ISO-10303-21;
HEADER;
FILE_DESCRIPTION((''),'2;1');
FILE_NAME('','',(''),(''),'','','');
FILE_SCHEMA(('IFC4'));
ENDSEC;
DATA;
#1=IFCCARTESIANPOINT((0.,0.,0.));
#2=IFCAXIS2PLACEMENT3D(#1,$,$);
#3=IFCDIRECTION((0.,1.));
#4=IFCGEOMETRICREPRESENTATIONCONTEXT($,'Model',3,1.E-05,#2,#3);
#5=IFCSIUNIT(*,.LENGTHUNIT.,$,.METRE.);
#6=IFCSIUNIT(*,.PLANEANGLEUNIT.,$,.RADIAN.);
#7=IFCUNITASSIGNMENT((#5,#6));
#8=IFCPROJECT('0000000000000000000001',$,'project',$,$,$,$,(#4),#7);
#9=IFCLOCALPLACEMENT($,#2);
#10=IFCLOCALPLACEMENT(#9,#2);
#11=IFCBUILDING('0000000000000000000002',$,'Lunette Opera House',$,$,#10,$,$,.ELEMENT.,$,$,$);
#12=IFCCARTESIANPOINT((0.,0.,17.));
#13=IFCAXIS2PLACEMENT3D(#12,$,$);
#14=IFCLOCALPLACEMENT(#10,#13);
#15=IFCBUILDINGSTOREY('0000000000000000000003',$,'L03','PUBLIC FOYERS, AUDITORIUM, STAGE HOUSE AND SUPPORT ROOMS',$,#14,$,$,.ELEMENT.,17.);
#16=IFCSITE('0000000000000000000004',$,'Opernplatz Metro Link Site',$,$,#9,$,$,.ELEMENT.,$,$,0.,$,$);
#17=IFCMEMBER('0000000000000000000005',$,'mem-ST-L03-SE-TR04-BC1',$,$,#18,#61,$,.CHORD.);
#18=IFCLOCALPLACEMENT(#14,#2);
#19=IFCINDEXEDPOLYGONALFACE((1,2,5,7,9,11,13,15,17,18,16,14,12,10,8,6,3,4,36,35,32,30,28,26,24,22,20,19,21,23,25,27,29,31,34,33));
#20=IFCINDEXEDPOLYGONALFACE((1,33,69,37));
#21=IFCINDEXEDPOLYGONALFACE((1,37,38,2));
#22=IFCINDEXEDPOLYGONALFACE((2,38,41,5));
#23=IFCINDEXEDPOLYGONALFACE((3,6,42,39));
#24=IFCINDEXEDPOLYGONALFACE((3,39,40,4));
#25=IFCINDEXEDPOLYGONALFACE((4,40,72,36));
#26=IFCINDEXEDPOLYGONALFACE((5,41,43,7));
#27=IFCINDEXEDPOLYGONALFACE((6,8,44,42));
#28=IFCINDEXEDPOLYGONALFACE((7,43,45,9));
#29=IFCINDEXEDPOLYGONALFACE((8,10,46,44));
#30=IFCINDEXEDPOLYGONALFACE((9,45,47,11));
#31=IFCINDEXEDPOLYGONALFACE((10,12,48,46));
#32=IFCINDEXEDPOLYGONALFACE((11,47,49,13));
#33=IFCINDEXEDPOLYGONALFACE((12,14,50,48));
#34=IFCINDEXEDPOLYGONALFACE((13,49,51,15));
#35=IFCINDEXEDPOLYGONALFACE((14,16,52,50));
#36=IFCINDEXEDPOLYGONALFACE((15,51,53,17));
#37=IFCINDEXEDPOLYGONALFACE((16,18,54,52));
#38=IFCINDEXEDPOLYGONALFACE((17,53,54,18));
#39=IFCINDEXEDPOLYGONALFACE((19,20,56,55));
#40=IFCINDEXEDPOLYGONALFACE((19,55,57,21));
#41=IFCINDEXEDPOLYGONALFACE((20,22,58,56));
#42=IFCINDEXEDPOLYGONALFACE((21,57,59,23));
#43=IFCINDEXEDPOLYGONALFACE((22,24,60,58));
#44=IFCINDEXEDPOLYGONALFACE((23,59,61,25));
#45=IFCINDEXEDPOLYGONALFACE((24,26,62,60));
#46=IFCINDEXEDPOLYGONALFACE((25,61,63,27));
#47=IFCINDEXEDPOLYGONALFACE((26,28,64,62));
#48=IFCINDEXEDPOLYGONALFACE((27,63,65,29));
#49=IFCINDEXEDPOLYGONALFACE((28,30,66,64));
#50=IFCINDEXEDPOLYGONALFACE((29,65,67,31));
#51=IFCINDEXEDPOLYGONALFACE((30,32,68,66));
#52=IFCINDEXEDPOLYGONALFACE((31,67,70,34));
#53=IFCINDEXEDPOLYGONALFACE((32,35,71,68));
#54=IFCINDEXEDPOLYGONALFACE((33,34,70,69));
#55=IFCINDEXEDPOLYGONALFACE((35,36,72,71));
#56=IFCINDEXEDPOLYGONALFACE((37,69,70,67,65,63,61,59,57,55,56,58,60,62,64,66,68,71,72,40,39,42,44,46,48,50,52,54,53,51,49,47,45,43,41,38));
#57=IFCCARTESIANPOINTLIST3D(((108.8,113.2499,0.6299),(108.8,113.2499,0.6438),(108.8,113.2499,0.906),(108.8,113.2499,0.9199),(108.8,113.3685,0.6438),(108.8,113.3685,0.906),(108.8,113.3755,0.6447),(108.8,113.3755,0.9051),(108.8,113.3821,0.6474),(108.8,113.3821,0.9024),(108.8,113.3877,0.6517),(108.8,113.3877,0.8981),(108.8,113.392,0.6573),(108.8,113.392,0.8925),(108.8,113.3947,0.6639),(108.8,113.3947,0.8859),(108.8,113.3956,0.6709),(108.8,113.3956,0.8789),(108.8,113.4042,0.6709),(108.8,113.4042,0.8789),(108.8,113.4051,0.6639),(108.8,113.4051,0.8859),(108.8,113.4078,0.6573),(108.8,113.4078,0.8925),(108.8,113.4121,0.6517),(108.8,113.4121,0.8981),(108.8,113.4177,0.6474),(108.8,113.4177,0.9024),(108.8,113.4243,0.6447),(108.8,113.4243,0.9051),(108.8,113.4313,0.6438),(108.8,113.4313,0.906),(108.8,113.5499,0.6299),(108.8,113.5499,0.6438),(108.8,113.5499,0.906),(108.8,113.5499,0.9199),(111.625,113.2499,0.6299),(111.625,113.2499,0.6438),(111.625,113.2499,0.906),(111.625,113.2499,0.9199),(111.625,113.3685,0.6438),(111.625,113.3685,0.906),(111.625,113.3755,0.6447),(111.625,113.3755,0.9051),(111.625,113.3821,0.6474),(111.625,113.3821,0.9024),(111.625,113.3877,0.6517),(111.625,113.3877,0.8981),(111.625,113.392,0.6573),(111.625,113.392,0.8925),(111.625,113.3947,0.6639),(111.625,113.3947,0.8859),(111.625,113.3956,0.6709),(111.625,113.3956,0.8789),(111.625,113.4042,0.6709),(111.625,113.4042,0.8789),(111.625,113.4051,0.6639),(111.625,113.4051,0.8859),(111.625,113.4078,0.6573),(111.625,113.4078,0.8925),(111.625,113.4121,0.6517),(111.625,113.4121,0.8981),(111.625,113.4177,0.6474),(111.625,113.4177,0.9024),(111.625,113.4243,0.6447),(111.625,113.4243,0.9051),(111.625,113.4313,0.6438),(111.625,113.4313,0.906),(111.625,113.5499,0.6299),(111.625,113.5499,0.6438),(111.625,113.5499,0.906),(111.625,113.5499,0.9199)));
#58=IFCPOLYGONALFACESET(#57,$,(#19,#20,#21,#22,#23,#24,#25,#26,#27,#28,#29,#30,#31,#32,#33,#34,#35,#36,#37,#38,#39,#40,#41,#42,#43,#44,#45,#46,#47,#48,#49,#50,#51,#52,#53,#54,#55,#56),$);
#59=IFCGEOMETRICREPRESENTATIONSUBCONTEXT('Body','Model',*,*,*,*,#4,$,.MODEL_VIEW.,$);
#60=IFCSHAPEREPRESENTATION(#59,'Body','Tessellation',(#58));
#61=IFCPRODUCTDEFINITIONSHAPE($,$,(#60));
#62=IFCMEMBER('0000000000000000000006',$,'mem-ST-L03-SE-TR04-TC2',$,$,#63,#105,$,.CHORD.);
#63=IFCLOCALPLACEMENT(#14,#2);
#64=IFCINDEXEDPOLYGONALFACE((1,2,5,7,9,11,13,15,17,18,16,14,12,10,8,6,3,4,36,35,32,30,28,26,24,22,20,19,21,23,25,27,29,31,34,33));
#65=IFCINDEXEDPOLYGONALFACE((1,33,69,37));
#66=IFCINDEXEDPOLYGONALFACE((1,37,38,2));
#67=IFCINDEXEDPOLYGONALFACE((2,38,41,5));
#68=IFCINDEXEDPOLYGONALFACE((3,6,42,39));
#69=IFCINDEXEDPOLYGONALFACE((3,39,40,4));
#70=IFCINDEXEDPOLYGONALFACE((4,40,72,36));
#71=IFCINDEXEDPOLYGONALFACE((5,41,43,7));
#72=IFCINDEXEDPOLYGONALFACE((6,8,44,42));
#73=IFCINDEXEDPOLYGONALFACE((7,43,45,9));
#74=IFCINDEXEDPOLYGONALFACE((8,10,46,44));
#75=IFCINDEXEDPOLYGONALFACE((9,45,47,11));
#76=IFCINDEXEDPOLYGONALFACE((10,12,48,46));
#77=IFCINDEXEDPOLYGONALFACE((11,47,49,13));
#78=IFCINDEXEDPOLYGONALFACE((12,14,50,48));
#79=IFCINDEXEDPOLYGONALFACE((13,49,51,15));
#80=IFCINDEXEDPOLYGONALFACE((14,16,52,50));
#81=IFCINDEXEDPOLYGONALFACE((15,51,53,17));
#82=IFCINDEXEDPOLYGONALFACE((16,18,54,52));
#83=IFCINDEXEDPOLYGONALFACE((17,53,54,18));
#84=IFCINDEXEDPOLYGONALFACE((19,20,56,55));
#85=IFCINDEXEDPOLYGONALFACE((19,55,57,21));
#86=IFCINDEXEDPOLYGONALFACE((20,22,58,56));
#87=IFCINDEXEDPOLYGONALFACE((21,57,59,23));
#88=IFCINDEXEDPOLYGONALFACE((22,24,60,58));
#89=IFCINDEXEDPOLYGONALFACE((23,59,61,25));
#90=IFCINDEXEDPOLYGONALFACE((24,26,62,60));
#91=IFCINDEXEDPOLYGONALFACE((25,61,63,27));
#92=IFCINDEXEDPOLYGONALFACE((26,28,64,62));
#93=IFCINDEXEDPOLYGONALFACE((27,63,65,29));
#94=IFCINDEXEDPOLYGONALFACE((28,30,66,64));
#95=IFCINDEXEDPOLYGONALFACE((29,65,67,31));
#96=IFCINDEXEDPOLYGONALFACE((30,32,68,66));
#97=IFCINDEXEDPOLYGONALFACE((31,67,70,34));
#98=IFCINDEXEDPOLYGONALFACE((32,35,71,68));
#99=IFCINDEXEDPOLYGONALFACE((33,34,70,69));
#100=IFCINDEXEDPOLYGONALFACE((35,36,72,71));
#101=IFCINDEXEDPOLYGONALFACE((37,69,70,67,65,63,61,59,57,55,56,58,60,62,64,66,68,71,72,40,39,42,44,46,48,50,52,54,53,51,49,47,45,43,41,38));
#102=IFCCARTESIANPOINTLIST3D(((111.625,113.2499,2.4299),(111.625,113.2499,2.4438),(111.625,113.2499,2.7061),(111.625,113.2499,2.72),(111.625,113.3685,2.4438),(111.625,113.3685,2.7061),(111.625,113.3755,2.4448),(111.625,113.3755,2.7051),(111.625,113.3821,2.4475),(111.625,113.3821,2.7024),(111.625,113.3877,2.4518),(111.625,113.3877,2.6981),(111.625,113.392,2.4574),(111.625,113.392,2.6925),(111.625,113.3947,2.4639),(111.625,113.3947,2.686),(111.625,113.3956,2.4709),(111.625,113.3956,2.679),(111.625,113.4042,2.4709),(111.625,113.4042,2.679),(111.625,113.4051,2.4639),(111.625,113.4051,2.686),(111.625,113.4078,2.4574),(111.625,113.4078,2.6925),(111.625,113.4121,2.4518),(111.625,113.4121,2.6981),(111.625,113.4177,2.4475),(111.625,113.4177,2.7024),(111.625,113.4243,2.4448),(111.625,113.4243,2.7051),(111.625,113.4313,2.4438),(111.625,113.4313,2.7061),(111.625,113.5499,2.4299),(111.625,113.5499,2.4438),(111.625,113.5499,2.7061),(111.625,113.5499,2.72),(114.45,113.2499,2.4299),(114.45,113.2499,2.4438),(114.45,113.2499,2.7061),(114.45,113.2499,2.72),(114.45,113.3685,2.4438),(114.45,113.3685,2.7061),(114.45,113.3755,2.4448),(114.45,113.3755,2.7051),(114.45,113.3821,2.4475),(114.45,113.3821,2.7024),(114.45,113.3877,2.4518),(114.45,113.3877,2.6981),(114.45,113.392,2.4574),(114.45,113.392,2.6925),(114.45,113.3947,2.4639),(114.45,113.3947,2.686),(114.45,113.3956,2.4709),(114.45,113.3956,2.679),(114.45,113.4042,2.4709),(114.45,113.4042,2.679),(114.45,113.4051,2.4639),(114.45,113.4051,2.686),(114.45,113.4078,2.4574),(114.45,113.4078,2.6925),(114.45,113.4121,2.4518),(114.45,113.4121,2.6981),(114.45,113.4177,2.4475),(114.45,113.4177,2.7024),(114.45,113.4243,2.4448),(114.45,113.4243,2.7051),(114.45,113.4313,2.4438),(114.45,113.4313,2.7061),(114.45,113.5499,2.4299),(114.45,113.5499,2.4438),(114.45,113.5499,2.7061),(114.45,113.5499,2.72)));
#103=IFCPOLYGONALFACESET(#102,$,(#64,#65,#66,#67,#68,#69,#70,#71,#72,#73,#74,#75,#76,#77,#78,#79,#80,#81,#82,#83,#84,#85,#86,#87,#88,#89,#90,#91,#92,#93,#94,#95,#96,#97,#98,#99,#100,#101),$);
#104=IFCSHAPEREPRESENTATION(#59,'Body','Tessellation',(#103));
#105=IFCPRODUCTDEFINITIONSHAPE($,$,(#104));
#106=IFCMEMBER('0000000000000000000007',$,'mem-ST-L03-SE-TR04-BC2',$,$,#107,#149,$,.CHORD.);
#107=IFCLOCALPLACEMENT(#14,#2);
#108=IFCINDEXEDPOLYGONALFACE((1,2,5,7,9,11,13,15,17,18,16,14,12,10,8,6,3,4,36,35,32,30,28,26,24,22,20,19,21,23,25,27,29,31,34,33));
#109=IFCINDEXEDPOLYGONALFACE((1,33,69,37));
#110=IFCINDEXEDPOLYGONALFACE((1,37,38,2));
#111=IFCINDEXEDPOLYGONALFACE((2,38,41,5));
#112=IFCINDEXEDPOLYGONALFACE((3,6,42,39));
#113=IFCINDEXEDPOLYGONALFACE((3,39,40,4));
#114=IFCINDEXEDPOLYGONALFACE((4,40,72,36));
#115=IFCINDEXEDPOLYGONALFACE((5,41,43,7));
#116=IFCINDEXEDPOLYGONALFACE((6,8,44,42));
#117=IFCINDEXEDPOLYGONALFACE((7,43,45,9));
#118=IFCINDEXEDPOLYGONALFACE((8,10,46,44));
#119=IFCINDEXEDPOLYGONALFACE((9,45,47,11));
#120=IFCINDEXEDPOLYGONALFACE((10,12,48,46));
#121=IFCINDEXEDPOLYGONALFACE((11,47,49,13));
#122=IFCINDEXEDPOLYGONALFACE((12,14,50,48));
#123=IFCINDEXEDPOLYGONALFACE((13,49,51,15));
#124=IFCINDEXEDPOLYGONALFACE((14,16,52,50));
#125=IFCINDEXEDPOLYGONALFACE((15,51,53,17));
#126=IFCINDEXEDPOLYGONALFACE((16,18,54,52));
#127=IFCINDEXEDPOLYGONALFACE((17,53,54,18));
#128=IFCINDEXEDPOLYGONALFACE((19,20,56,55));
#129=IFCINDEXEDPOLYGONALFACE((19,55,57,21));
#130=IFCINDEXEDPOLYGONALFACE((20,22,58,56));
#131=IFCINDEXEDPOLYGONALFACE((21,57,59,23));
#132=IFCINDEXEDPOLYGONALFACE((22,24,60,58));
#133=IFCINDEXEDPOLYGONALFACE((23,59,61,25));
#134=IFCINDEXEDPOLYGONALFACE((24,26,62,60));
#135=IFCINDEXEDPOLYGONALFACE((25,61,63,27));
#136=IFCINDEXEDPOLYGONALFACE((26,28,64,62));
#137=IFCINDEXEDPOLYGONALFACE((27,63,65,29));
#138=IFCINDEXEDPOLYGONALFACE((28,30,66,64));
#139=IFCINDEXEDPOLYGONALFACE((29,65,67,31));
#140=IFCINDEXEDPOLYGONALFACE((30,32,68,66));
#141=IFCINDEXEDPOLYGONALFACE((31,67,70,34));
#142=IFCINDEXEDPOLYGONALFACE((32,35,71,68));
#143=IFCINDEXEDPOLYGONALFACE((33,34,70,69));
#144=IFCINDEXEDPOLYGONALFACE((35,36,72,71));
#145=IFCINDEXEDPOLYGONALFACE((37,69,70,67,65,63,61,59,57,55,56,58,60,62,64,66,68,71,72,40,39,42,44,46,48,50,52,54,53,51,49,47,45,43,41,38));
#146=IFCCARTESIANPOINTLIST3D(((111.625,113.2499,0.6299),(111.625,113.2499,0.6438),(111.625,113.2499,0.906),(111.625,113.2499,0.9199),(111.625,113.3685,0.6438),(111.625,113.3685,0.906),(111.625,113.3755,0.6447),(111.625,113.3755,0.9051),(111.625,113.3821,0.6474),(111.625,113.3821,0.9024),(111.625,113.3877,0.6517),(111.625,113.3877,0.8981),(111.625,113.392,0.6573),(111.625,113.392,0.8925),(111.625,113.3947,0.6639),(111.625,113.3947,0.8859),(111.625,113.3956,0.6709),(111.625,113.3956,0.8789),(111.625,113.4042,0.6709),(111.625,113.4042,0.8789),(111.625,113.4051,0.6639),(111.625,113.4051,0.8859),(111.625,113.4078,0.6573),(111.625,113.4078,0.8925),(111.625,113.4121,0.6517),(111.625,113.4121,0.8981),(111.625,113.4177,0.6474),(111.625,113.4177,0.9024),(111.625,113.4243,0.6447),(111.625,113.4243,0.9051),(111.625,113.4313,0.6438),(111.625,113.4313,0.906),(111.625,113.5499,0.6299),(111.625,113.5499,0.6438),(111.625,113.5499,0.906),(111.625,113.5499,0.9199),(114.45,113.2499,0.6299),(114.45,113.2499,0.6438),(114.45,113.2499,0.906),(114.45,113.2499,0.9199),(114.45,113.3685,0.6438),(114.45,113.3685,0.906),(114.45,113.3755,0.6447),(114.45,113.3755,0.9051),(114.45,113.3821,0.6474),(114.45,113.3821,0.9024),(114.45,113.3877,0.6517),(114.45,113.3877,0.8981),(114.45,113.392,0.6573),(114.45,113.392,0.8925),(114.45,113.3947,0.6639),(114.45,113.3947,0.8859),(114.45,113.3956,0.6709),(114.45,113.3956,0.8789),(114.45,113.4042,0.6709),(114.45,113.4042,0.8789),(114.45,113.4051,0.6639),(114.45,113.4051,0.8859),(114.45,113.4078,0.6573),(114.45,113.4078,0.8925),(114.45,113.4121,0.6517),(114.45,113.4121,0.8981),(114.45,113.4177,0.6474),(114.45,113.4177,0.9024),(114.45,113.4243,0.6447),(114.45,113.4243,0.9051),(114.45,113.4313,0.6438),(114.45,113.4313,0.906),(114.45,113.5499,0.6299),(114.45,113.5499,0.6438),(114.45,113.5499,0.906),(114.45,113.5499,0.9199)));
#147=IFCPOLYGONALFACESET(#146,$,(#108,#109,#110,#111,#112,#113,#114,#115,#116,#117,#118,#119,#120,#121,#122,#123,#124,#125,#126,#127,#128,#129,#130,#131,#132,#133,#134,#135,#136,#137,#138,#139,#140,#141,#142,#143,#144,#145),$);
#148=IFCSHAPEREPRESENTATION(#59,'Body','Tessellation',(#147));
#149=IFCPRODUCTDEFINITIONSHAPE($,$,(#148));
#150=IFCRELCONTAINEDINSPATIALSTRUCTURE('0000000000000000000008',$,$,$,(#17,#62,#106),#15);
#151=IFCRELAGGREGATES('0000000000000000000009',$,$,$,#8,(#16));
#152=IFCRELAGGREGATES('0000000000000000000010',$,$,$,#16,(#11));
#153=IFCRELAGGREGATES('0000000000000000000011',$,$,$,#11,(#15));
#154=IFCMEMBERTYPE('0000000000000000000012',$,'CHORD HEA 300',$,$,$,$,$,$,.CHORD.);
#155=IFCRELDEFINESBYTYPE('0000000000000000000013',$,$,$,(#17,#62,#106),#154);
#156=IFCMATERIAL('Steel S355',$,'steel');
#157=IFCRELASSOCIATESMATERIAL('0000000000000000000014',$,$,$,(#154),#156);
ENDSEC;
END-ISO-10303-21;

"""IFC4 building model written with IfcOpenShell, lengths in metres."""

from ifc_helpers import new_model, si_unit, direction, frame, origin, origin_2d, place, context, subcontext, project, spatial, i_section, extrude, material, material_profile, profile_set, type_object, element, save


model = new_model("IFC4")

# Units and contexts
model_context = context("Model", 3, precision=1e-05, world=origin(), true_north=direction((0.0, 1.0)))
body_context = subcontext(model_context, "Body", "Model", "MODEL_VIEW")
ifc_project = project(units=[si_unit("LENGTHUNIT", "METRE"), si_unit("PLANEANGLEUNIT", "RADIAN")], contexts=[model_context])

# Site, building, storey
site_placement = place(None, origin())
site = spatial("IfcSite", under=ifc_project, at=site_placement, Name="Opernplatz Metro Link Site", CompositionType="ELEMENT", RefElevation=0.0)
building_placement = place(site_placement, origin())
building = spatial("IfcBuilding", under=site, at=building_placement, Name="Lunette Opera House", CompositionType="ELEMENT")
storey_placement = place(building_placement, frame((0.0, 0.0, 17.0)))
storey = spatial("IfcBuildingStorey", under=building, at=storey_placement, Name="L03", Description="PUBLIC FOYERS, AUDITORIUM, STAGE HOUSE AND SUPPORT ROOMS", CompositionType="ELEMENT", Elevation=17.0)

# Members
ifc_material_1 = material(Name="Steel S355", Category="steel")
ifc_material_profile_1 = material_profile(ifc_material_1, i_section(OverallWidth=0.3, OverallDepth=0.29, WebThickness=0.0085, FlangeThickness=0.0139, FilletRadius=0.0271, at=origin_2d()), Name="HEA 300")
ifc_profile_set_1 = profile_set([ifc_material_profile_1], Name="Steel S355")
member_type_1 = type_object("IfcMemberType", Name="CHORD HEA 300", PredefinedType="CHORD", material=ifc_profile_set_1)
for number, where, z_axis, x_axis, name in (
    (1, (108.8, 113.3999, 0.7749), (1.0, 0.0, 0.0), (0.0, 1.0, 0.0), "mem-ST-L03-SE-TR04-BC1"),
    (2, (111.625, 113.3999, 2.575), (1.0, 0.0, 0.0), (0.0, 1.0, 0.0), "mem-ST-L03-SE-TR04-TC2"),
    (3, (111.625, 113.3999, 0.7749), (1.0, 0.0, 0.0), (0.0, 1.0, 0.0), "mem-ST-L03-SE-TR04-BC2"),
):
    element("IfcMember", number, at=place(storey_placement, frame(where, z_axis=z_axis, x_axis=x_axis)), inside=storey, type_object=member_type_1, Name=name, PredefinedType="CHORD", context=body_context, shape_type="SweptSolid", body=[
        extrude(i_section(OverallWidth=0.3, OverallDepth=0.29, WebThickness=0.0085, FlangeThickness=0.0139, FilletRadius=0.0271, at=origin_2d()), origin(), (0.0, 0.0, 1.0), 2.825),
    ])

save(model, "model.ifc")
